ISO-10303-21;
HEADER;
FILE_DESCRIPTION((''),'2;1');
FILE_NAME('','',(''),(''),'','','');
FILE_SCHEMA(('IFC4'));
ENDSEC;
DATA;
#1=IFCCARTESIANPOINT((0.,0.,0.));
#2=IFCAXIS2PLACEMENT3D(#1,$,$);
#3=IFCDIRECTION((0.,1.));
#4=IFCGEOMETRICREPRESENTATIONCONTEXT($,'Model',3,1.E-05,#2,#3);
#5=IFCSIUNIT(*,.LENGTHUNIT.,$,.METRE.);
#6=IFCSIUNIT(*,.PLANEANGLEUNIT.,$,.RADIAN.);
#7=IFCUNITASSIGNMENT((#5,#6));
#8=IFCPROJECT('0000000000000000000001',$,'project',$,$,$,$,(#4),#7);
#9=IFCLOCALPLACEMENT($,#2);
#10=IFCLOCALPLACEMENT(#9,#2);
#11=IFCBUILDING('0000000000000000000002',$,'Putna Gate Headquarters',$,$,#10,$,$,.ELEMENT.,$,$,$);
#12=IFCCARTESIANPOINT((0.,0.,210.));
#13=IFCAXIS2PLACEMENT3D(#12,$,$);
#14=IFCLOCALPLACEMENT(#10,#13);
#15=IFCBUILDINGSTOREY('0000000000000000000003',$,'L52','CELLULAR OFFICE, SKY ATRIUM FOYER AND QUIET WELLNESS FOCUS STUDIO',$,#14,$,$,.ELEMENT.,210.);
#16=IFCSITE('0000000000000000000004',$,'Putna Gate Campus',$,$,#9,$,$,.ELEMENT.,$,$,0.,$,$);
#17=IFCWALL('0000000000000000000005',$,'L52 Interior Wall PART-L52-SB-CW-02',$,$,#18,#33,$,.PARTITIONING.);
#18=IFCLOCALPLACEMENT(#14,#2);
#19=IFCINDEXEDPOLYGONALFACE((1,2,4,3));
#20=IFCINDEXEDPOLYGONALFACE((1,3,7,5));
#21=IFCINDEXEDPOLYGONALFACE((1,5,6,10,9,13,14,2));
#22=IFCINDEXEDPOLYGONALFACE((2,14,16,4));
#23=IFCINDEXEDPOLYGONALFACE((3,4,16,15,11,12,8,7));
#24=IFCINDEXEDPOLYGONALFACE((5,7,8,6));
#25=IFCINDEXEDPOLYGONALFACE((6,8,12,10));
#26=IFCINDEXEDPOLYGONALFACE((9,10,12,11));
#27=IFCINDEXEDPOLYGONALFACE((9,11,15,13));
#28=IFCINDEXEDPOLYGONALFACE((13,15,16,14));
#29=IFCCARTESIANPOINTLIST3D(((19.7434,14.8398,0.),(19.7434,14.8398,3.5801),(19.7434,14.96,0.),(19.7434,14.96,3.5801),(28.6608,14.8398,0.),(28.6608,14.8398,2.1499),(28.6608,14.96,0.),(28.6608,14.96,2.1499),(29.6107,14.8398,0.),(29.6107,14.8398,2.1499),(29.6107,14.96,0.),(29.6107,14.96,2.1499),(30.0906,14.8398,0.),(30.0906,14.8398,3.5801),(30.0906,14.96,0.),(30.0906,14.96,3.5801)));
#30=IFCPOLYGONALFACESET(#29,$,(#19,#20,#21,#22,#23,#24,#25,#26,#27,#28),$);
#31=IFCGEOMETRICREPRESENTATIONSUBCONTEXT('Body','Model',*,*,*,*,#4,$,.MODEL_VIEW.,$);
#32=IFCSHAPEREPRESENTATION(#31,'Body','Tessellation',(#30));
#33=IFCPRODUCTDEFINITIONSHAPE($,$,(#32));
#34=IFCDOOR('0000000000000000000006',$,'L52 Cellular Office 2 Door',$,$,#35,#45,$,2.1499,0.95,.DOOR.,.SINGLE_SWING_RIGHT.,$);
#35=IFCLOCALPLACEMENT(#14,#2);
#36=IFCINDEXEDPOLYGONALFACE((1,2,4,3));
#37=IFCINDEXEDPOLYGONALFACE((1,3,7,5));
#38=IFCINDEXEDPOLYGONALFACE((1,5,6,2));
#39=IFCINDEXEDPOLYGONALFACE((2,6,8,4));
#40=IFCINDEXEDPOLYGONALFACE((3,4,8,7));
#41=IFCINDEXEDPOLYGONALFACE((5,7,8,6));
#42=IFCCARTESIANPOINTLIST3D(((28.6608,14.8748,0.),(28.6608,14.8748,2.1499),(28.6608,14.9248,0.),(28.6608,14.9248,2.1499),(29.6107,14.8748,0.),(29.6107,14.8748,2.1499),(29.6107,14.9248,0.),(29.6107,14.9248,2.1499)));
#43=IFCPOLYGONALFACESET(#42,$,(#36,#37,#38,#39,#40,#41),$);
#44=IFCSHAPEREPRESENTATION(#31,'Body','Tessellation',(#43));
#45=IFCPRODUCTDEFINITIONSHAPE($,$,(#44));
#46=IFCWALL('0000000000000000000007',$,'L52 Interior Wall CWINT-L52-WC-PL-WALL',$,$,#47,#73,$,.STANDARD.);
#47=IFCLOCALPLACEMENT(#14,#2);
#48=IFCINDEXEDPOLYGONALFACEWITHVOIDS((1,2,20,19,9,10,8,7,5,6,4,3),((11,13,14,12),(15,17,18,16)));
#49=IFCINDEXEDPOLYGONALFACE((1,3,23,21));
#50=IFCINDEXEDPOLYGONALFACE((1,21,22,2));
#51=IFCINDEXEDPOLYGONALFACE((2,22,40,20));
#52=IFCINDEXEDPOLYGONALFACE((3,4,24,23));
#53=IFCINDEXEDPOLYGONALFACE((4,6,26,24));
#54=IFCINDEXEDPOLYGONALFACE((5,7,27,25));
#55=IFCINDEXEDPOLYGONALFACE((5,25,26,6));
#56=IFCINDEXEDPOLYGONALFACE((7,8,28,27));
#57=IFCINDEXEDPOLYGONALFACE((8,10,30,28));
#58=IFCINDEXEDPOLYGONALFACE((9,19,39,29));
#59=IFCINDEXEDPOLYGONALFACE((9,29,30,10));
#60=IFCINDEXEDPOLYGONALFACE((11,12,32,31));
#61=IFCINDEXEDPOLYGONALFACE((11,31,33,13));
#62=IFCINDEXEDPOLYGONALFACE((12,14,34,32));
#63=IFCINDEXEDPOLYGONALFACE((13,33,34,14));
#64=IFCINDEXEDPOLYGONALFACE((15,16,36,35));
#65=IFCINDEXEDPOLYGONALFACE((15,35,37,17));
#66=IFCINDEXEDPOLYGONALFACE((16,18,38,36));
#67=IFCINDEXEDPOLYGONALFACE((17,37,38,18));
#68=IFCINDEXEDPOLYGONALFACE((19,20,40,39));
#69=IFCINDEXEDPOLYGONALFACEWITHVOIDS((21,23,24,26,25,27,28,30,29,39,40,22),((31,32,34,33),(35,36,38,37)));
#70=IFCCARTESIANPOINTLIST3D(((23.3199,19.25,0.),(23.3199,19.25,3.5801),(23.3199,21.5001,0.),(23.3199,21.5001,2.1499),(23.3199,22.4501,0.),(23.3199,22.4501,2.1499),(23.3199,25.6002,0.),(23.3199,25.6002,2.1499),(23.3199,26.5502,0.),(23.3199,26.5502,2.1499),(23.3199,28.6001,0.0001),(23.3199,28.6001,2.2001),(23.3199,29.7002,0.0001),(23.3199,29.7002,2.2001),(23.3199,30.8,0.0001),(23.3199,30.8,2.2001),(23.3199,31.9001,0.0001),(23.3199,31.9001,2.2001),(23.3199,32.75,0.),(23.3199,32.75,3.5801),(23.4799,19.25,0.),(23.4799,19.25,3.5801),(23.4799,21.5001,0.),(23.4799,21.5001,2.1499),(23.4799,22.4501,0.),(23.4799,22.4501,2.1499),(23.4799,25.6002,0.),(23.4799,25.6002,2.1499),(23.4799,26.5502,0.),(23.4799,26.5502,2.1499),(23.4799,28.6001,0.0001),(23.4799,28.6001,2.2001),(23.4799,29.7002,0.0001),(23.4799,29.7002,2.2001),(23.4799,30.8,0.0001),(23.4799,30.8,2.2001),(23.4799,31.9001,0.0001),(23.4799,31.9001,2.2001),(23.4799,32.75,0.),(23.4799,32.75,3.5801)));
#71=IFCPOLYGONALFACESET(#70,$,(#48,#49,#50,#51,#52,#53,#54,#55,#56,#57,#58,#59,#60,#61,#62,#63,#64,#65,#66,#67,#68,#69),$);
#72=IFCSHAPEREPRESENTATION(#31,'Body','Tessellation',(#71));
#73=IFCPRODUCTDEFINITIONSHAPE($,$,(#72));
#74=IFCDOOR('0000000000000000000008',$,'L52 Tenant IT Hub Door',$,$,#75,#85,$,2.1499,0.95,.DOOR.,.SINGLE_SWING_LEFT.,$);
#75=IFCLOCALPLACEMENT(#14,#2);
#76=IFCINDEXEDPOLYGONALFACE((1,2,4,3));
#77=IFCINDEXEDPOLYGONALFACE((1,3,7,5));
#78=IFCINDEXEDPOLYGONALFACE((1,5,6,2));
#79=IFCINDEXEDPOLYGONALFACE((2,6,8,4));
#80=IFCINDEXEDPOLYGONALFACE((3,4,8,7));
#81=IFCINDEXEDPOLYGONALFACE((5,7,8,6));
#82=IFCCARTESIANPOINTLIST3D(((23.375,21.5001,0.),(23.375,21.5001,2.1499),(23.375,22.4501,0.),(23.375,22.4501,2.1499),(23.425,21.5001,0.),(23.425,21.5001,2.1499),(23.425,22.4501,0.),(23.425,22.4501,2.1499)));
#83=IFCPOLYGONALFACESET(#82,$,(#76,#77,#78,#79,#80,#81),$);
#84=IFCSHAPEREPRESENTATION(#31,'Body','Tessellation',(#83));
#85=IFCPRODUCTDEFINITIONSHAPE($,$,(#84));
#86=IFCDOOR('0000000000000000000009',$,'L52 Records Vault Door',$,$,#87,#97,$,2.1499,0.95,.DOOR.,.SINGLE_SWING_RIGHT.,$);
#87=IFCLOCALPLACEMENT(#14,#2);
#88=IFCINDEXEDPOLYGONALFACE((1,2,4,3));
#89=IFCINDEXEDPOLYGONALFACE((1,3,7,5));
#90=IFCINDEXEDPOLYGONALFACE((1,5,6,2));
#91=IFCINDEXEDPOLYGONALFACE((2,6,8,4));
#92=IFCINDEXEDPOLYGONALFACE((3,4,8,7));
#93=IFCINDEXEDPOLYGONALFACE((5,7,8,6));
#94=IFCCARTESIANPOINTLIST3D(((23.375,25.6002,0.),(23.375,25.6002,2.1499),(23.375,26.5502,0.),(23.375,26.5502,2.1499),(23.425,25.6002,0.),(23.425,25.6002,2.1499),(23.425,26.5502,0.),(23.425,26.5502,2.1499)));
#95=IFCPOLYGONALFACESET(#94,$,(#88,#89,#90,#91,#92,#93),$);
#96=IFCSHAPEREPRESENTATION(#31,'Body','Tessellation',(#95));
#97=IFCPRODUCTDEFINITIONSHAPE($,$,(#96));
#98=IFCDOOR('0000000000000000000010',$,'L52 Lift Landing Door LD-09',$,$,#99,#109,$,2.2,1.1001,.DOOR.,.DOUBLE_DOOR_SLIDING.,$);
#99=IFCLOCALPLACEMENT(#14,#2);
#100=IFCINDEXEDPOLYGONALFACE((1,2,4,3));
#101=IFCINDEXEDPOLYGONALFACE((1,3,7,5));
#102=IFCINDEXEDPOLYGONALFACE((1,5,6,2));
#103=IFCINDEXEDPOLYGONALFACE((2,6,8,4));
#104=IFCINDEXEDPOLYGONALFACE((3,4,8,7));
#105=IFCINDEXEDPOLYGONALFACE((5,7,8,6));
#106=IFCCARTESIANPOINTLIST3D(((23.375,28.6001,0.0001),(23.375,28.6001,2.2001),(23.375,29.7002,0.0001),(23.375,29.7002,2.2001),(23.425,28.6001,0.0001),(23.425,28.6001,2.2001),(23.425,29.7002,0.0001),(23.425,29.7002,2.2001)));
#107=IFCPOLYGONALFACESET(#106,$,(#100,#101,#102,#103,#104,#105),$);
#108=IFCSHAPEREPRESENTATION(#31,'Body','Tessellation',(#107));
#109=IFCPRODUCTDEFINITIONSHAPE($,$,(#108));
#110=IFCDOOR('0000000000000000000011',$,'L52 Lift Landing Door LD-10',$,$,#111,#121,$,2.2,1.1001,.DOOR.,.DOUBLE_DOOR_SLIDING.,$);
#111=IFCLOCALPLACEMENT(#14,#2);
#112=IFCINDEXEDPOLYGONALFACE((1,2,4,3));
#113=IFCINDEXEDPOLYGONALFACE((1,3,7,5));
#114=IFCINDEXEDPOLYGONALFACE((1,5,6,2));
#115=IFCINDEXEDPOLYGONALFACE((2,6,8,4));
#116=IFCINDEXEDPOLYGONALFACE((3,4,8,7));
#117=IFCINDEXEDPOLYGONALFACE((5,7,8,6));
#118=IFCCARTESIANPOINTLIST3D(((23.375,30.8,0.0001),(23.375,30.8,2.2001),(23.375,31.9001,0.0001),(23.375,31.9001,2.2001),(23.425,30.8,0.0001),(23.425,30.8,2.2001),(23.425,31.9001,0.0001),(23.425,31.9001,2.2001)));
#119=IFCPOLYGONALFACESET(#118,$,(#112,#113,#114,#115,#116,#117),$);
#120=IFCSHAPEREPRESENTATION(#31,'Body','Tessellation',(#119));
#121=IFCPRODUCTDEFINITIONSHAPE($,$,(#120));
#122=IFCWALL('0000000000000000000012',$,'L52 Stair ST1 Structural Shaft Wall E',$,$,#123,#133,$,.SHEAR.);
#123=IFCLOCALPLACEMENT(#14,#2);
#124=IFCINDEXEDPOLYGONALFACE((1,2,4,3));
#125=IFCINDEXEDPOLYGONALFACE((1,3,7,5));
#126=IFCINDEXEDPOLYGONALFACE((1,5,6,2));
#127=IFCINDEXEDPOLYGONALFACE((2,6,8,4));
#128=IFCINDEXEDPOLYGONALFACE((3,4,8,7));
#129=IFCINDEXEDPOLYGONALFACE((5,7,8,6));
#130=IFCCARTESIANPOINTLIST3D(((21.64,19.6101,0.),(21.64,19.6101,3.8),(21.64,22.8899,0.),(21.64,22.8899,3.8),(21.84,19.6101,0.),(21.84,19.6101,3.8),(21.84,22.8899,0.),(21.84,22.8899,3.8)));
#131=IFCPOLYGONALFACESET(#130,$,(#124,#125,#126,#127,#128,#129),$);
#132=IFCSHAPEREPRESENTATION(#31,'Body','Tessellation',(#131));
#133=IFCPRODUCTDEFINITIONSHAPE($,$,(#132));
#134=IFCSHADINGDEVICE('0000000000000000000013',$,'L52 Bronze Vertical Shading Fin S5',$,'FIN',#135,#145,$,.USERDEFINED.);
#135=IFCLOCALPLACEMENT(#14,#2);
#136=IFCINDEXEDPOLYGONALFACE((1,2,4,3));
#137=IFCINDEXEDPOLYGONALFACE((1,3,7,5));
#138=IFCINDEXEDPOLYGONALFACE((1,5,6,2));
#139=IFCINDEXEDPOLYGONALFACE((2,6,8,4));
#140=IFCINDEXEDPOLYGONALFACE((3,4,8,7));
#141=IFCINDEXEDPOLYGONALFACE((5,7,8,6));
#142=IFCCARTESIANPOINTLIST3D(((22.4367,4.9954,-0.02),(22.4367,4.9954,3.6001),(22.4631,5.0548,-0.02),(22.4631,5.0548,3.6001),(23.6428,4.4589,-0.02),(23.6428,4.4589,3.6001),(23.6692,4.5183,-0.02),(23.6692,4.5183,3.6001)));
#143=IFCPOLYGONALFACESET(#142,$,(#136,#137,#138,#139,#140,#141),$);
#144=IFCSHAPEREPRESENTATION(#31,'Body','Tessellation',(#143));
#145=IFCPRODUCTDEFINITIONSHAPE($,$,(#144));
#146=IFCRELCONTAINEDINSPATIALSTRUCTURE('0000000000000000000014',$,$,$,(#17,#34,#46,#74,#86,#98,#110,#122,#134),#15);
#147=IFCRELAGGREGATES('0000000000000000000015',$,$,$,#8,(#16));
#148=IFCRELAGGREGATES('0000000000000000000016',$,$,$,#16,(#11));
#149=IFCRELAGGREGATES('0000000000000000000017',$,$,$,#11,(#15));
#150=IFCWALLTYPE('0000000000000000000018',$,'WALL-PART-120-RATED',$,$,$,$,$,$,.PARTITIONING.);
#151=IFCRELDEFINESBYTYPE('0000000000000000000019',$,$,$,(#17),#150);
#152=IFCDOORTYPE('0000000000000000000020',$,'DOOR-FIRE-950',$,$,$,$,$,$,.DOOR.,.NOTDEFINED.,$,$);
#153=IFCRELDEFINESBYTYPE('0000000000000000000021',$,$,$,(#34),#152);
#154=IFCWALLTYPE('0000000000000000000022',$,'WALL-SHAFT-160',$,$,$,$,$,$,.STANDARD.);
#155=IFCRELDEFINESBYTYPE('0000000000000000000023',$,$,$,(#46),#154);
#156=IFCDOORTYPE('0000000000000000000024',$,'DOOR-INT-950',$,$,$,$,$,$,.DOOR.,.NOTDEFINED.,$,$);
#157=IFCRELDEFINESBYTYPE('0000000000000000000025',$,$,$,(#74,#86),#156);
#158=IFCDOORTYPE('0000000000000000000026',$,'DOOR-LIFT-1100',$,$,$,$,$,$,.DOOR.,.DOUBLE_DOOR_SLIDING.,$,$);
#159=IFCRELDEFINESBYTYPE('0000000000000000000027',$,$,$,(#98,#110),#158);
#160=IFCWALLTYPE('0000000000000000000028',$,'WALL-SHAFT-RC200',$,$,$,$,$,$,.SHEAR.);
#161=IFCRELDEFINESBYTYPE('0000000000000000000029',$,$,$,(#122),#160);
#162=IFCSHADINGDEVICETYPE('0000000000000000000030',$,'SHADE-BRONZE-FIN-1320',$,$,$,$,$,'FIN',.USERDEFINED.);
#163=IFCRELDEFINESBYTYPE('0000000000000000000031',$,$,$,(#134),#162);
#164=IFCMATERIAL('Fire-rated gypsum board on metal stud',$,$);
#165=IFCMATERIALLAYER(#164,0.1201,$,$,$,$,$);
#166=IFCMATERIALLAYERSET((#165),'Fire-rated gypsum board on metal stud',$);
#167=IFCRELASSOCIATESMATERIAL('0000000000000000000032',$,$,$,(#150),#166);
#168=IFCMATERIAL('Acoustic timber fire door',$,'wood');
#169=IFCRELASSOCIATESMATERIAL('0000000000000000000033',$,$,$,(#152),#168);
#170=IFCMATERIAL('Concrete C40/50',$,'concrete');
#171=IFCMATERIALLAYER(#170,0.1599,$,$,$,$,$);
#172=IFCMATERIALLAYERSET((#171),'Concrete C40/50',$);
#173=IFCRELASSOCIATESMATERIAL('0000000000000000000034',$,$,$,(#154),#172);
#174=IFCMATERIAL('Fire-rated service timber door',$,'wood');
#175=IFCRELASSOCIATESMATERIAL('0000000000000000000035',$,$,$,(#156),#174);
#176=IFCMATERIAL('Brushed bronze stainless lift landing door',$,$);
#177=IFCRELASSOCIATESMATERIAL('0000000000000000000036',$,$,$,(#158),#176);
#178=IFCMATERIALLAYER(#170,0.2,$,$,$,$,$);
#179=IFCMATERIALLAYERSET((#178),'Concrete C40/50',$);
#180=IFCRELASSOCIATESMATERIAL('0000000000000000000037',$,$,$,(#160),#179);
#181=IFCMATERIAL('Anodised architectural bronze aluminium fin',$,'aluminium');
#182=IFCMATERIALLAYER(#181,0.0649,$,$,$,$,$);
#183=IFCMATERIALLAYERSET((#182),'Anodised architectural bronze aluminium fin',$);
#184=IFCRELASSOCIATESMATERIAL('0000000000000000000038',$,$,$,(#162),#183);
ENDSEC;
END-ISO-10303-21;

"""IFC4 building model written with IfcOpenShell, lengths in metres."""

from ifc_helpers import new_model, si_unit, direction, frame, frame_2d, origin, origin_2d, place, context, subcontext, project, spatial, rectangle, extrude, material, layer, layer_set, type_object, element, fill, save


model = new_model("IFC4")

# Units and contexts
model_context = context("Model", 3, precision=1e-05, world=origin(), true_north=direction((0.0, 1.0)))
body_context = subcontext(model_context, "Body", "Model", "MODEL_VIEW")
ifc_project = project(units=[si_unit("LENGTHUNIT", "METRE"), si_unit("PLANEANGLEUNIT", "RADIAN")], contexts=[model_context])

# Site, building, storey
site_placement = place(None, origin())
site = spatial("IfcSite", under=ifc_project, at=site_placement, Name="Putna Gate Campus", CompositionType="ELEMENT", RefElevation=0.0)
building_placement = place(site_placement, origin())
building = spatial("IfcBuilding", under=site, at=building_placement, Name="Putna Gate Headquarters", CompositionType="ELEMENT")
storey_placement = place(building_placement, frame((0.0, 0.0, 210.0)))
storey = spatial("IfcBuildingStorey", under=building, at=storey_placement, Name="L52", Description="CELLULAR OFFICE, SKY ATRIUM FOYER AND QUIET WELLNESS FOCUS STUDIO", CompositionType="ELEMENT", Elevation=210.0)

# Wall, opening, door
ifc_material_1 = material(Name="Fire-rated gypsum board on metal stud")
ifc_layer_1 = layer(ifc_material_1, 0.1201)
ifc_layer_set_1 = layer_set([ifc_layer_1], Name="Fire-rated gypsum board on metal stud")
wall_type_1 = type_object("IfcWallType", Name="WALL-PART-120-RATED", PredefinedType="PARTITIONING", material=ifc_layer_set_1)
wall_1_placement = place(storey_placement, frame((19.7434, 14.8999, 0.0), z_axis=(0.0, 0.0, 1.0), x_axis=(1.0, 0.0, 0.0)))
wall_1 = element("IfcWall", 1, at=wall_1_placement, inside=storey, type_object=wall_type_1, Name="L52 Interior Wall PART-L52-SB-CW-02", PredefinedType="PARTITIONING", context=body_context, shape_type="SweptSolid", body=[
    extrude(rectangle(XDim=10.3472, YDim=0.1201, at=frame_2d((5.1736, 0.0))), origin(), (0.0, 0.0, 1.0), 3.5801),
])
opening_1_placement = place(wall_1_placement, frame((8.9172, 0.0, 0.0)))
opening_1 = element("IfcOpeningElement", 2, at=opening_1_placement, cuts=wall_1, PredefinedType="OPENING", context=body_context, shape_type="SweptSolid", body=[
    extrude(rectangle(XDim=0.95, YDim=2.1499, at=frame_2d((0.4751, 1.075))), frame((0.0, 0.0701, 0.0), z_axis=(0.0, -1.0, 0.0), x_axis=(1.0, 0.0, 0.0)), (0.0, 0.0, 1.0), 0.1401),
])
ifc_material_2 = material(Name="Acoustic timber fire door", Category="wood")
door_type_1 = type_object("IfcDoorType", Name="DOOR-FIRE-950", OperationType="NOTDEFINED", PredefinedType="DOOR", material=ifc_material_2)
door_1_placement = place(opening_1_placement, origin())
door_1 = element("IfcDoor", 3, at=door_1_placement, inside=storey, type_object=door_type_1, Name="L52 Cellular Office 2 Door", OperationType="SINGLE_SWING_RIGHT", OverallHeight=2.1499, OverallWidth=0.95, PredefinedType="DOOR", context=body_context, shape_type="SweptSolid", body=[
    extrude(rectangle(XDim=0.95, YDim=2.1499, at=frame_2d((0.4751, 1.075))), frame((0.0, 0.0249, 0.0), z_axis=(0.0, -1.0, 0.0), x_axis=(1.0, 0.0, 0.0)), (0.0, 0.0, 1.0), 0.05),
])
fill(opening_1, door_1)

# Wall, openings, doors
ifc_material_3 = material(Name="Concrete C40/50", Category="concrete")
ifc_layer_2 = layer(ifc_material_3, 0.1599)
ifc_layer_set_2 = layer_set([ifc_layer_2], Name="Concrete C40/50")
wall_type_2 = type_object("IfcWallType", Name="WALL-SHAFT-160", PredefinedType="STANDARD", material=ifc_layer_set_2)
wall_2_placement = place(storey_placement, frame((23.3999, 19.25, 0.0), z_axis=(0.0, 0.0, 1.0), x_axis=(0.0, 1.0, 0.0)))
wall_2 = element("IfcWall", 4, at=wall_2_placement, inside=storey, type_object=wall_type_2, Name="L52 Interior Wall CWINT-L52-WC-PL-WALL", PredefinedType="STANDARD", context=body_context, shape_type="SweptSolid", body=[
    extrude(rectangle(XDim=13.5, YDim=0.1599, at=frame_2d((6.75, 0.0))), origin(), (0.0, 0.0, 1.0), 3.5801),
])
opening_2_placement = place(wall_2_placement, frame((2.25, 0.0, 0.0)))
opening_2 = element("IfcOpeningElement", 5, at=opening_2_placement, cuts=wall_2, PredefinedType="OPENING", context=body_context, shape_type="SweptSolid", body=[
    extrude(rectangle(XDim=0.95, YDim=2.1499, at=frame_2d((0.4751, 1.075))), frame((0.0, 0.0898, 0.0), z_axis=(0.0, -1.0, 0.0), x_axis=(1.0, 0.0, 0.0)), (0.0, 0.0, 1.0), 0.1799),
])
opening_3_placement = place(wall_2_placement, frame((6.3501, 0.0, 0.0)))
opening_3 = element("IfcOpeningElement", 6, at=opening_3_placement, cuts=wall_2, PredefinedType="OPENING", context=body_context, shape_type="SweptSolid", body=[
    extrude(rectangle(XDim=0.95, YDim=2.1499, at=frame_2d((0.4751, 1.075))), frame((0.0, 0.0898, 0.0), z_axis=(0.0, -1.0, 0.0), x_axis=(1.0, 0.0, 0.0)), (0.0, 0.0, 1.0), 0.1799),
])
opening_4_placement = place(wall_2_placement, frame((9.3501, 0.0, 0.0)))
opening_4 = element("IfcOpeningElement", 7, at=opening_4_placement, cuts=wall_2, PredefinedType="OPENING", context=body_context, shape_type="SweptSolid", body=[
    extrude(rectangle(XDim=1.1001, YDim=2.2, at=frame_2d((0.55, 1.1001))), frame((0.0, 0.0898, 0.0), z_axis=(0.0, -1.0, 0.0), x_axis=(1.0, 0.0, 0.0)), (0.0, 0.0, 1.0), 0.1799),
])
opening_5_placement = place(wall_2_placement, frame((11.55, 0.0, 0.0)))
opening_5 = element("IfcOpeningElement", 8, at=opening_5_placement, cuts=wall_2, PredefinedType="OPENING", context=body_context, shape_type="SweptSolid", body=[
    extrude(rectangle(XDim=1.1001, YDim=2.2, at=frame_2d((0.55, 1.1001))), frame((0.0, 0.0898, 0.0), z_axis=(0.0, -1.0, 0.0), x_axis=(1.0, 0.0, 0.0)), (0.0, 0.0, 1.0), 0.1799),
])
ifc_material_4 = material(Name="Fire-rated service timber door", Category="wood")
door_type_2 = type_object("IfcDoorType", Name="DOOR-INT-950", OperationType="NOTDEFINED", PredefinedType="DOOR", material=ifc_material_4)
door_2_placement = place(opening_2_placement, origin())
door_2 = element("IfcDoor", 9, at=door_2_placement, inside=storey, type_object=door_type_2, Name="L52 Tenant IT Hub Door", OperationType="SINGLE_SWING_LEFT", OverallHeight=2.1499, OverallWidth=0.95, PredefinedType="DOOR", context=body_context, shape_type="SweptSolid", body=[
    extrude(rectangle(XDim=0.95, YDim=2.1499, at=frame_2d((0.4751, 1.075))), frame((0.0, 0.0249, 0.0), z_axis=(0.0, -1.0, 0.0), x_axis=(1.0, 0.0, 0.0)), (0.0, 0.0, 1.0), 0.05),
])
fill(opening_2, door_2)
door_3_placement = place(opening_3_placement, origin())
door_3 = element("IfcDoor", 10, at=door_3_placement, inside=storey, type_object=door_type_2, Name="L52 Records Vault Door", OperationType="SINGLE_SWING_RIGHT", OverallHeight=2.1499, OverallWidth=0.95, PredefinedType="DOOR", context=body_context, shape_type="SweptSolid", body=[
    extrude(rectangle(XDim=0.95, YDim=2.1499, at=frame_2d((0.4751, 1.075))), frame((0.0, 0.0249, 0.0), z_axis=(0.0, -1.0, 0.0), x_axis=(1.0, 0.0, 0.0)), (0.0, 0.0, 1.0), 0.05),
])
fill(opening_3, door_3)
ifc_material_5 = material(Name="Brushed bronze stainless lift landing door")
door_type_3 = type_object("IfcDoorType", Name="DOOR-LIFT-1100", OperationType="DOUBLE_DOOR_SLIDING", PredefinedType="DOOR", material=ifc_material_5)
door_4_placement = place(opening_4_placement, origin())
door_4 = element("IfcDoor", 11, at=door_4_placement, inside=storey, type_object=door_type_3, Name="L52 Lift Landing Door LD-09", OperationType="DOUBLE_DOOR_SLIDING", OverallHeight=2.2, OverallWidth=1.1001, PredefinedType="DOOR", context=body_context, shape_type="SweptSolid", body=[
    extrude(rectangle(XDim=1.1001, YDim=2.2, at=frame_2d((0.55, 1.1001))), frame((0.0, 0.0249, 0.0), z_axis=(0.0, -1.0, 0.0), x_axis=(1.0, 0.0, 0.0)), (0.0, 0.0, 1.0), 0.05),
])
fill(opening_4, door_4)
door_5_placement = place(opening_5_placement, origin())
door_5 = element("IfcDoor", 12, at=door_5_placement, inside=storey, type_object=door_type_3, Name="L52 Lift Landing Door LD-10", OperationType="DOUBLE_DOOR_SLIDING", OverallHeight=2.2, OverallWidth=1.1001, PredefinedType="DOOR", context=body_context, shape_type="SweptSolid", body=[
    extrude(rectangle(XDim=1.1001, YDim=2.2, at=frame_2d((0.55, 1.1001))), frame((0.0, 0.0249, 0.0), z_axis=(0.0, -1.0, 0.0), x_axis=(1.0, 0.0, 0.0)), (0.0, 0.0, 1.0), 0.05),
])
fill(opening_5, door_5)

# Wall
ifc_layer_3 = layer(ifc_material_3, 0.2)
ifc_layer_set_3 = layer_set([ifc_layer_3], Name="Concrete C40/50")
wall_type_3 = type_object("IfcWallType", Name="WALL-SHAFT-RC200", PredefinedType="SHEAR", material=ifc_layer_set_3)
wall_3_placement = place(storey_placement, frame((21.74, 19.6101, 0.0), z_axis=(0.0, 0.0, 1.0), x_axis=(0.0, 1.0, 0.0)))
element("IfcWall", 13, at=wall_3_placement, inside=storey, type_object=wall_type_3, Name="L52 Stair ST1 Structural Shaft Wall E", PredefinedType="SHEAR", context=body_context, shape_type="SweptSolid", body=[
    extrude(rectangle(XDim=3.2798, YDim=0.2, at=frame_2d((1.6399, 0.0))), origin(), (0.0, 0.0, 1.0), 3.8),
])

# Shading device
ifc_material_6 = material(Name="Anodised architectural bronze aluminium fin", Category="aluminium")
ifc_layer_4 = layer(ifc_material_6, 0.0649)
ifc_layer_set_4 = layer_set([ifc_layer_4], Name="Anodised architectural bronze aluminium fin")
shading_device_type = type_object("IfcShadingDeviceType", Name="SHADE-BRONZE-FIN-1320", ElementType="FIN", PredefinedType="USERDEFINED", material=ifc_layer_set_4)
shading_device_placement = place(storey_placement, frame((23.053, 4.7568, -0.02), z_axis=(0.0, 0.0, 1.0), x_axis=(0.913687, -0.406418, 0.0)))
element("IfcShadingDevice", 14, at=shading_device_placement, inside=storey, type_object=shading_device_type, Name="L52 Bronze Vertical Shading Fin S5", ObjectType="FIN", PredefinedType="USERDEFINED", context=body_context, shape_type="SweptSolid", body=[
    extrude(rectangle(XDim=1.3201, YDim=0.0649, at=origin_2d()), origin(), (0.0, 0.0, 1.0), 3.6201),
])

save(model, "model.ifc")
